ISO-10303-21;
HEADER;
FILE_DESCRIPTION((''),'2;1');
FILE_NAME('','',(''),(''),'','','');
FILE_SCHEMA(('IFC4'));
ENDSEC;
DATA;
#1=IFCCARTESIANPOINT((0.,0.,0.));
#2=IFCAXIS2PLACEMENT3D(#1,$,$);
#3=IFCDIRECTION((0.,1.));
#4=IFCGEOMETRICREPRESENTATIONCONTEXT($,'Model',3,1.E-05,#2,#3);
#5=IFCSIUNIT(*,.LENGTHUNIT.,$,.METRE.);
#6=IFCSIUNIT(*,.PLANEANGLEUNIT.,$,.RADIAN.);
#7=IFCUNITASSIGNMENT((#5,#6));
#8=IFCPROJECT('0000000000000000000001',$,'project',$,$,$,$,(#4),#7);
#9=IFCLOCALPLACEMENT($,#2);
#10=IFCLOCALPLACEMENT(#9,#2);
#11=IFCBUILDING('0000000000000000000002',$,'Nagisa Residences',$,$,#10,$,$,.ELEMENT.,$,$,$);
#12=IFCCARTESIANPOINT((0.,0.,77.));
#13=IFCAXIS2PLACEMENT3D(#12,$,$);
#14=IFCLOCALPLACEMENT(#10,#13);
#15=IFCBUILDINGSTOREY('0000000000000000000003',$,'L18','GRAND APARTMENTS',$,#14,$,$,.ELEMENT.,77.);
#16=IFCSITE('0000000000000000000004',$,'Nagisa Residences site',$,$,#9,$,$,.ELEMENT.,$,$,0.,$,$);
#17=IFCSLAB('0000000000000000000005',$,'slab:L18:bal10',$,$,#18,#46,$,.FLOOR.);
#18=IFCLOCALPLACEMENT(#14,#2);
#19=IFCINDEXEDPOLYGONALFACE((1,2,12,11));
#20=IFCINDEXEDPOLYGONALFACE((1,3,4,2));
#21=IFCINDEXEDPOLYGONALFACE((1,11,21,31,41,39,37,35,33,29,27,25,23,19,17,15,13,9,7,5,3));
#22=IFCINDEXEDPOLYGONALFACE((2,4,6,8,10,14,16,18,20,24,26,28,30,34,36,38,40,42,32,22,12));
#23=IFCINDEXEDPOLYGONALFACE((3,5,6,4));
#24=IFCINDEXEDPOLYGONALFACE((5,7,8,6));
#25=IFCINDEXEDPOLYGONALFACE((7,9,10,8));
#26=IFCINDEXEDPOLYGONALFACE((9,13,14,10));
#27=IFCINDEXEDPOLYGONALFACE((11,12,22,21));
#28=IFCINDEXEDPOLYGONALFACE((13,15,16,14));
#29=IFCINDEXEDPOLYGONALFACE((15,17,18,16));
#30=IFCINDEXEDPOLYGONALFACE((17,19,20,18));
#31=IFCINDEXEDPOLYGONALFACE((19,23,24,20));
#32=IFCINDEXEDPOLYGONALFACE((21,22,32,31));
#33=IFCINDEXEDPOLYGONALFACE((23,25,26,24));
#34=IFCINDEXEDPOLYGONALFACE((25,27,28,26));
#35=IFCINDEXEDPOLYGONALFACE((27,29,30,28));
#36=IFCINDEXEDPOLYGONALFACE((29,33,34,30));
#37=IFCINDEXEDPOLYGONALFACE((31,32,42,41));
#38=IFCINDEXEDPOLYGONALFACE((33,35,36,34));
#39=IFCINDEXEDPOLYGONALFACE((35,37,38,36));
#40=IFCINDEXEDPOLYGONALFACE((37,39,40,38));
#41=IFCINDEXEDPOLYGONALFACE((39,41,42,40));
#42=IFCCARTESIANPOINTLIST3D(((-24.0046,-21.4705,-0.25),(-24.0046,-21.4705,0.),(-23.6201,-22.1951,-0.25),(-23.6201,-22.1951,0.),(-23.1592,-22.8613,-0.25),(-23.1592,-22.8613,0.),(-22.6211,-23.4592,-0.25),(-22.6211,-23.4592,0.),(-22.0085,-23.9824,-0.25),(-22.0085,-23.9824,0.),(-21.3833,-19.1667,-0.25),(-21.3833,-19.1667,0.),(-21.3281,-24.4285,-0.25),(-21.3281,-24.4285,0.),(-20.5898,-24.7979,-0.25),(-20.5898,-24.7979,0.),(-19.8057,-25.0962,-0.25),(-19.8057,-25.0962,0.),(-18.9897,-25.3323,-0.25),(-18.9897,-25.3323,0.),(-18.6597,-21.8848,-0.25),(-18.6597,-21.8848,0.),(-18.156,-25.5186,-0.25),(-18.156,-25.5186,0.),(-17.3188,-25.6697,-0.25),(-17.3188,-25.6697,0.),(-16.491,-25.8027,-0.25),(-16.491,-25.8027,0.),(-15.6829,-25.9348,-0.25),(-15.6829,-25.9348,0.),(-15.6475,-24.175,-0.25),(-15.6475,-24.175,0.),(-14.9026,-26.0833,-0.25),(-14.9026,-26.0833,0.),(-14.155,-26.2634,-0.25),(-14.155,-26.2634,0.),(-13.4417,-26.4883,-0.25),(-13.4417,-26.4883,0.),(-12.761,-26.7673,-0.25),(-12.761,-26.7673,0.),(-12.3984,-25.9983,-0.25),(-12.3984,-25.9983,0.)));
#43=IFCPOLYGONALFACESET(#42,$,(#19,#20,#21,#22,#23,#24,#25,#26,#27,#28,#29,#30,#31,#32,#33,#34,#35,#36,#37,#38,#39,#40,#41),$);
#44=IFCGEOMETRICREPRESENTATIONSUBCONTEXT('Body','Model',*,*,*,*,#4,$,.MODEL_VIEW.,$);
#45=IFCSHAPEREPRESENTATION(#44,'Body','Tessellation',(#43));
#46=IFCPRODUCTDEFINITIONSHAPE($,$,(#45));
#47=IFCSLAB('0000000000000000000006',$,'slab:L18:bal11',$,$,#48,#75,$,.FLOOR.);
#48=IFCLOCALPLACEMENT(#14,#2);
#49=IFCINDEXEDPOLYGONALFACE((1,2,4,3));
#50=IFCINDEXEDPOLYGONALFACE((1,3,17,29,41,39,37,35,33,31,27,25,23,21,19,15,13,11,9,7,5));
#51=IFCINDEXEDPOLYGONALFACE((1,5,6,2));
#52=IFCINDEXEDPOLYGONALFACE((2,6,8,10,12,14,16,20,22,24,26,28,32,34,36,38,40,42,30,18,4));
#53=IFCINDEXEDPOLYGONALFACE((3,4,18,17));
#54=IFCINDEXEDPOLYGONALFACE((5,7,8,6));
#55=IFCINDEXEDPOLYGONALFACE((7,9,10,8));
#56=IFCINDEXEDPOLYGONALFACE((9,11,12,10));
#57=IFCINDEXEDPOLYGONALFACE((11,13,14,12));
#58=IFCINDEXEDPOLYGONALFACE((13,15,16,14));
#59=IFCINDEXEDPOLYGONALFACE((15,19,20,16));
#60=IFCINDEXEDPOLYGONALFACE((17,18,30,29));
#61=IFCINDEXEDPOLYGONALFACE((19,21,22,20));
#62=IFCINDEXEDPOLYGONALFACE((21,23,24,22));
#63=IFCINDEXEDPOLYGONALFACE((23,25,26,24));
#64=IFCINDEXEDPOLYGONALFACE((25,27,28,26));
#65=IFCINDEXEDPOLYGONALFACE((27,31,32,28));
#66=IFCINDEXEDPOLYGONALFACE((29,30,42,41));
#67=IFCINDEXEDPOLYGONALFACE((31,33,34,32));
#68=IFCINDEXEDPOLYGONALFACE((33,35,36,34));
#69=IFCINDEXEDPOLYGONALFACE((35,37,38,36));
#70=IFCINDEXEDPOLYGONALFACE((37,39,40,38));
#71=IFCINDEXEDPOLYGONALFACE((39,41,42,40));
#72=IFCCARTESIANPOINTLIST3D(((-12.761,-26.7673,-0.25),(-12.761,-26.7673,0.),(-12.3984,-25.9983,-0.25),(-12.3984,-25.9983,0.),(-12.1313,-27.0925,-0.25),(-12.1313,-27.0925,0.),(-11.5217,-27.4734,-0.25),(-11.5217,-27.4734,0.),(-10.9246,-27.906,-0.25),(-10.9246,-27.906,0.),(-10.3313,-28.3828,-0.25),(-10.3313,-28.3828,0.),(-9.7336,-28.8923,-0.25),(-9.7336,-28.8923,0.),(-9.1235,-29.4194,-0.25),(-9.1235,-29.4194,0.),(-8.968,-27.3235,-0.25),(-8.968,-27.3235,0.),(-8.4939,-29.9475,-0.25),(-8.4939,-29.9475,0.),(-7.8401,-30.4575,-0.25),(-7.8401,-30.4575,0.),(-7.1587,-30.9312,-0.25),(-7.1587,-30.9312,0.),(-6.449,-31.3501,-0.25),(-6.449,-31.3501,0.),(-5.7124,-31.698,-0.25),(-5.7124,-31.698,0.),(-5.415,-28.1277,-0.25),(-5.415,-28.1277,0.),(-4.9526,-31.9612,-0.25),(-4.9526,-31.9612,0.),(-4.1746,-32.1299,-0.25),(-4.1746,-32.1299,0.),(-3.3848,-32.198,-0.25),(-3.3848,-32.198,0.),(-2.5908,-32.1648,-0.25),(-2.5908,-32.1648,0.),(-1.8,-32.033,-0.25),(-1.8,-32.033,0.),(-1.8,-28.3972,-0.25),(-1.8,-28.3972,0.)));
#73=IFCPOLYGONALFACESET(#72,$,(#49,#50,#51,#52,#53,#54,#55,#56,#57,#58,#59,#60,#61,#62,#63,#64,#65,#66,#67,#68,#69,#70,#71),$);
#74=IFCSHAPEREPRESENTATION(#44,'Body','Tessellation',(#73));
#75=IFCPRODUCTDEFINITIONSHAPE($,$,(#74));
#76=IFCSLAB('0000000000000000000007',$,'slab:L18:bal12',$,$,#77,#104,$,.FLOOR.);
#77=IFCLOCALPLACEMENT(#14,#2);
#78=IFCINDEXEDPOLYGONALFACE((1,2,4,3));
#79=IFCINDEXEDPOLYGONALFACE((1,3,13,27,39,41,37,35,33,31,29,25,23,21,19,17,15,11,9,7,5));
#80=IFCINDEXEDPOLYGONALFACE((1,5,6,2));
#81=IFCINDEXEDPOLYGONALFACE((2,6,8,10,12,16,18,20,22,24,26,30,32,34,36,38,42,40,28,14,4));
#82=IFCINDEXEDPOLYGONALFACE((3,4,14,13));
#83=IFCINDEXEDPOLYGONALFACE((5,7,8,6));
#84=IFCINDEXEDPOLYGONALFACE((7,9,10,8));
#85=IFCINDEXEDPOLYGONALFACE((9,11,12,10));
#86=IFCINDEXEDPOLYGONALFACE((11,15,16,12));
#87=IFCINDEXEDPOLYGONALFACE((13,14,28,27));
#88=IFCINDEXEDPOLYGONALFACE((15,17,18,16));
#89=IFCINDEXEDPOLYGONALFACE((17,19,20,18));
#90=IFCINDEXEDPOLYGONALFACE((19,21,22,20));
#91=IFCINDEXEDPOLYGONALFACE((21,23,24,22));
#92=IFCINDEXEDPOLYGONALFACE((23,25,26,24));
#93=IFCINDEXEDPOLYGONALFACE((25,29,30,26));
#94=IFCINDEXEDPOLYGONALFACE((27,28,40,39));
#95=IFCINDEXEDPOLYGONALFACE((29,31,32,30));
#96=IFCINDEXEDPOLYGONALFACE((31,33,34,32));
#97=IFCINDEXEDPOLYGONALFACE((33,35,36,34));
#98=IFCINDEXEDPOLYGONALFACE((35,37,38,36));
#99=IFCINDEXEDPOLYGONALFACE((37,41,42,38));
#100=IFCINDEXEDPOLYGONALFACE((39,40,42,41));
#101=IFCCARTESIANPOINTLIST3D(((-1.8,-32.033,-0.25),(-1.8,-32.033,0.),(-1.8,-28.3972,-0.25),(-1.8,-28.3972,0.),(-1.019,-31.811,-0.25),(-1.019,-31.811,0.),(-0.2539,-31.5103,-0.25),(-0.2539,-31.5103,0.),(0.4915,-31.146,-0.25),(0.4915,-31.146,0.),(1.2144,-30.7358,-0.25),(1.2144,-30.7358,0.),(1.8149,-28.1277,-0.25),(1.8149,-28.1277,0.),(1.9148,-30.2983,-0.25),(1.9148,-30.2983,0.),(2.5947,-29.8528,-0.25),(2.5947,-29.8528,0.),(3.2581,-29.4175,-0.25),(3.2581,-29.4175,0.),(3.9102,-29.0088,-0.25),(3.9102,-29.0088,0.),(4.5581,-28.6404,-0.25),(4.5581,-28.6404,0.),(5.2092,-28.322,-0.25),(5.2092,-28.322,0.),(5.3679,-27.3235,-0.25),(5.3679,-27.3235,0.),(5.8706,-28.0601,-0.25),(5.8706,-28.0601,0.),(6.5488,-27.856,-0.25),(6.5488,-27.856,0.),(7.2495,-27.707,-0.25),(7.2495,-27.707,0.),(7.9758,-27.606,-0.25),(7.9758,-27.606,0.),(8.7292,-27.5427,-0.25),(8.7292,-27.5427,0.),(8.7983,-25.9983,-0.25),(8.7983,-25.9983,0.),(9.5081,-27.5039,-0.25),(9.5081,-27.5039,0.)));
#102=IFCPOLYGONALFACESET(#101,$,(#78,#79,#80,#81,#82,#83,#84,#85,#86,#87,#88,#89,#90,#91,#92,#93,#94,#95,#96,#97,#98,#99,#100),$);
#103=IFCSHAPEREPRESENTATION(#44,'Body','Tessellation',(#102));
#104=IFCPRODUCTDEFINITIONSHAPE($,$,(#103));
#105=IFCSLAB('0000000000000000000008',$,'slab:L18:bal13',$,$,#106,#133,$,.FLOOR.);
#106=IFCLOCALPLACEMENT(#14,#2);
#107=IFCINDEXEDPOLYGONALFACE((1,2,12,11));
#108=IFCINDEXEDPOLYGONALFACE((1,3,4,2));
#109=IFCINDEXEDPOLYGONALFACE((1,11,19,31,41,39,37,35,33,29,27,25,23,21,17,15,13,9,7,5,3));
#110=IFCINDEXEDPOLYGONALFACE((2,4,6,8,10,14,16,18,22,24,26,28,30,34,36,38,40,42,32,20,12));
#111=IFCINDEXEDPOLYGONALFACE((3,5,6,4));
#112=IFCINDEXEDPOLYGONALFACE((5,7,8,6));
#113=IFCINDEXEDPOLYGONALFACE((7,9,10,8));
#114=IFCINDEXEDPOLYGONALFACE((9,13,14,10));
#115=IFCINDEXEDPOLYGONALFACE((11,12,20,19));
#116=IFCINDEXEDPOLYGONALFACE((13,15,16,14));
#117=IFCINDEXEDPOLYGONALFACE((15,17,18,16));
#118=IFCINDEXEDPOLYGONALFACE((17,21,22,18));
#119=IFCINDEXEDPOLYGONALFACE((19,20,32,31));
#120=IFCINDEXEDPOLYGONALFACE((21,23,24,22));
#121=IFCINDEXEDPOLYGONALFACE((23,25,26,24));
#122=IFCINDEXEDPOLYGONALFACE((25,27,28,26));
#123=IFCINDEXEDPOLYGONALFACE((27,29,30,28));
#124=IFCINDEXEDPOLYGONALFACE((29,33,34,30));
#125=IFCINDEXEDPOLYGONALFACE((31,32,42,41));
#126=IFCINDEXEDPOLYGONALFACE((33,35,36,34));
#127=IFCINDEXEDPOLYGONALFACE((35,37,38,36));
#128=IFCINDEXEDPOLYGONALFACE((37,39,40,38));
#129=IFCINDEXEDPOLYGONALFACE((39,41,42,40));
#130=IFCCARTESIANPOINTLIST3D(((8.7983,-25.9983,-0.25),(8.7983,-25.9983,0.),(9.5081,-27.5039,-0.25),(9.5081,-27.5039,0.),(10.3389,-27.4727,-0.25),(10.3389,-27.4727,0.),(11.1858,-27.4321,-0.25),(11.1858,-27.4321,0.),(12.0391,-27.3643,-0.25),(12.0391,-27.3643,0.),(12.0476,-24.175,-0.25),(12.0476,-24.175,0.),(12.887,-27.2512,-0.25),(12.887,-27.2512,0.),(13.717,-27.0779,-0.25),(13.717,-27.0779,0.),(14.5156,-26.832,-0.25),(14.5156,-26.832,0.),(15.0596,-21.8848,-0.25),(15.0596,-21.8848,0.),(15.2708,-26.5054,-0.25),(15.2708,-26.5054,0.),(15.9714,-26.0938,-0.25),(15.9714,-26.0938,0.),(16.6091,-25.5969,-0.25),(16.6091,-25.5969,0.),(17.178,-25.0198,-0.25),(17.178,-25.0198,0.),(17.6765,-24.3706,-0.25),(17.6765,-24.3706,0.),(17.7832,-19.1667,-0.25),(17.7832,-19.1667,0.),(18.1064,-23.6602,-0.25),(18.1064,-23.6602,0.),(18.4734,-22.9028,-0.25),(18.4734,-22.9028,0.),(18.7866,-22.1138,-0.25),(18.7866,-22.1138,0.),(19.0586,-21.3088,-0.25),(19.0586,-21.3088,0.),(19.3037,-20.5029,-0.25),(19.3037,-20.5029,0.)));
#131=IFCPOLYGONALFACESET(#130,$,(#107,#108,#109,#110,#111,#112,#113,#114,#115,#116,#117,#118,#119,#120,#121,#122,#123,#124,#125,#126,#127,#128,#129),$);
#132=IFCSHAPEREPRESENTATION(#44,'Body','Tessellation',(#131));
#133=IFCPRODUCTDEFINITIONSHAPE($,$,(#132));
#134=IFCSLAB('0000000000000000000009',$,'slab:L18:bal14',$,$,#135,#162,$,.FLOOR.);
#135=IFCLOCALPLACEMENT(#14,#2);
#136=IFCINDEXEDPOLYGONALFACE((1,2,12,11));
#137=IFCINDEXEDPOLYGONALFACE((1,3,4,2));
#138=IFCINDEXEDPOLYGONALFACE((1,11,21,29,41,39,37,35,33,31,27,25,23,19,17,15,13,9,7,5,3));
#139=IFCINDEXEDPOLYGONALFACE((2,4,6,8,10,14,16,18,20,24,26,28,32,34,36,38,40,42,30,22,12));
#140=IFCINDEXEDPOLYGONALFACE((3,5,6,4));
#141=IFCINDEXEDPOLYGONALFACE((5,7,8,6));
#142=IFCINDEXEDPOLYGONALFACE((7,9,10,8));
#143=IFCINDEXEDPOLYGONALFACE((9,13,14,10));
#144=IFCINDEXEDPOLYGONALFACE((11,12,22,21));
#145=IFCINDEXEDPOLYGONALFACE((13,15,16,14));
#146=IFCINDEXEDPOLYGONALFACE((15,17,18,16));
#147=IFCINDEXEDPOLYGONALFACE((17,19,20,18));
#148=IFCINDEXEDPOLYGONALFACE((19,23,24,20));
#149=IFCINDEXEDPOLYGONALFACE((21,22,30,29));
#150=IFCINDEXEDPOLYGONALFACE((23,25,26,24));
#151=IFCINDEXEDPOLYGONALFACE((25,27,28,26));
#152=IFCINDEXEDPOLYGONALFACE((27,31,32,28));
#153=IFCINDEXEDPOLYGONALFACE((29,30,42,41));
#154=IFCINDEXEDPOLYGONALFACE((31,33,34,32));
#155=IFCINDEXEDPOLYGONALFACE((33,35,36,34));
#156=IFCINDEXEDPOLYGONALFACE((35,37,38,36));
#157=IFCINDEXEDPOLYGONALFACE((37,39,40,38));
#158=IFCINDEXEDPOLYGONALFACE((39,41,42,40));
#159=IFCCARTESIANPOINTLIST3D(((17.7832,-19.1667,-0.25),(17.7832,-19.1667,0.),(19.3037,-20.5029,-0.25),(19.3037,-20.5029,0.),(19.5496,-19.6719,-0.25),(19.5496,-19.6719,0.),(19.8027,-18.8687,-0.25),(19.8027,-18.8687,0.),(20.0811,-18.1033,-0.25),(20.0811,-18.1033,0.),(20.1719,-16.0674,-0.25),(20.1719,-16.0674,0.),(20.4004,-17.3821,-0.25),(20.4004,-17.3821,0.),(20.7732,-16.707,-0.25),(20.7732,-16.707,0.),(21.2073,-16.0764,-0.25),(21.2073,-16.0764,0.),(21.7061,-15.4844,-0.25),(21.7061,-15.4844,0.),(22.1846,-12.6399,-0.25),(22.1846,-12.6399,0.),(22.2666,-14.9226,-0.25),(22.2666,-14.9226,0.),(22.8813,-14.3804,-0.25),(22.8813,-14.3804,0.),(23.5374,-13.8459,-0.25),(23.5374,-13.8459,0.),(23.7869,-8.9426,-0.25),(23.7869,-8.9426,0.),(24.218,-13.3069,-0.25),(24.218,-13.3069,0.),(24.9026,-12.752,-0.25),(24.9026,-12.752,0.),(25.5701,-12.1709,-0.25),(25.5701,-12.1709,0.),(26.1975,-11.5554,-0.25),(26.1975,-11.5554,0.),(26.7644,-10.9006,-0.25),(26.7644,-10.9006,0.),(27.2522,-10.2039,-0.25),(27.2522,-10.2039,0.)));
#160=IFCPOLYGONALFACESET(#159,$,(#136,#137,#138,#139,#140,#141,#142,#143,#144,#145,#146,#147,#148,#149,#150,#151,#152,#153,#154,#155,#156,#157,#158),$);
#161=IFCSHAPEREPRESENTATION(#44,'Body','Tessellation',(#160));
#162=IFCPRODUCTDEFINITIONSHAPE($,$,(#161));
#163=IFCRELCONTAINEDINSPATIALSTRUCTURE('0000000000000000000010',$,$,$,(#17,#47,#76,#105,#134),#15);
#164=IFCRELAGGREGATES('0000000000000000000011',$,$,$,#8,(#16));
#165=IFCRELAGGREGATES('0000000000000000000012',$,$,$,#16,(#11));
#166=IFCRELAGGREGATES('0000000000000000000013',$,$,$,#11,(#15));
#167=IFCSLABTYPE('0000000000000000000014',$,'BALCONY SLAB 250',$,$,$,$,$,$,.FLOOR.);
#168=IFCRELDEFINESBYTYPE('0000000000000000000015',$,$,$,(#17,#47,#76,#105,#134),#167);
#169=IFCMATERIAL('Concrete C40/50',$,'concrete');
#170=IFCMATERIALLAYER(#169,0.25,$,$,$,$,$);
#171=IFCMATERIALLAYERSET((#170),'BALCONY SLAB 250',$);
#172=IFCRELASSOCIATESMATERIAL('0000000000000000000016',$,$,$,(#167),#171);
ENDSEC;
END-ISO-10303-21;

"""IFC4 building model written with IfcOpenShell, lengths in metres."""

from ifc_helpers import new_model, si_unit, direction, frame, origin, place, context, subcontext, project, spatial, polyline, outline, extrude, material, layer, layer_set, type_object, element, save


model = new_model("IFC4")

# Units and contexts
model_context = context("Model", 3, precision=1e-05, world=origin(), true_north=direction((0.0, 1.0)))
body_context = subcontext(model_context, "Body", "Model", "MODEL_VIEW")
ifc_project = project(units=[si_unit("LENGTHUNIT", "METRE"), si_unit("PLANEANGLEUNIT", "RADIAN")], contexts=[model_context])

# Site, building, storey
site_placement = place(None, origin())
site = spatial("IfcSite", under=ifc_project, at=site_placement, Name="Nagisa Residences site", CompositionType="ELEMENT", RefElevation=0.0)
building_placement = place(site_placement, origin())
building = spatial("IfcBuilding", under=site, at=building_placement, Name="Nagisa Residences", CompositionType="ELEMENT")
storey_placement = place(building_placement, frame((0.0, 0.0, 77.0)))
storey = spatial("IfcBuildingStorey", under=building, at=storey_placement, Name="L18", Description="GRAND APARTMENTS", CompositionType="ELEMENT", Elevation=77.0)

# Slabs
ifc_material_1 = material(Name="Concrete C40/50", Category="concrete")
ifc_layer_1 = layer(ifc_material_1, 0.25)
ifc_layer_set_1 = layer_set([ifc_layer_1], Name="BALCONY SLAB 250")
slab_type = type_object("IfcSlabType", Name="BALCONY SLAB 250", PredefinedType="FLOOR", material=ifc_layer_set_1)
slab_1_placement = place(storey_placement, frame((0.0, 0.0, -0.25)))
element("IfcSlab", 1, at=slab_1_placement, inside=storey, type_object=slab_type, Name="slab:L18:bal10", PredefinedType="FLOOR", context=body_context, shape_type="SweptSolid", body=[
    extrude(outline(polyline([(-24.0046, -21.4705), (-23.6201, -22.1951), (-23.1592, -22.8613), (-22.6211, -23.4592), (-22.0085, -23.9824), (-21.3281, -24.4285), (-20.5898, -24.7979), (-19.8057, -25.0962), (-18.9897, -25.3323), (-18.156, -25.5186), (-17.3188, -25.6697), (-16.491, -25.8027), (-15.6829, -25.9348), (-14.9026, -26.0833), (-14.155, -26.2634), (-13.4417, -26.4883), (-12.761, -26.7673), (-12.3984, -25.9983), (-15.6475, -24.175), (-18.6597, -21.8848), (-21.3833, -19.1667), (-24.0046, -21.4705)])), origin(), (0.0, 0.0, 1.0), 0.25),
])
slab_2_placement = place(storey_placement, frame((0.0, 0.0, -0.25)))
element("IfcSlab", 2, at=slab_2_placement, inside=storey, type_object=slab_type, Name="slab:L18:bal11", PredefinedType="FLOOR", context=body_context, shape_type="SweptSolid", body=[
    extrude(outline(polyline([(-12.761, -26.7673), (-12.1313, -27.0925), (-11.5217, -27.4734), (-10.9246, -27.906), (-10.3313, -28.3828), (-9.7336, -28.8923), (-9.1235, -29.4194), (-8.4939, -29.9475), (-7.8401, -30.4575), (-7.1587, -30.9312), (-6.449, -31.3501), (-5.7124, -31.698), (-4.9526, -31.9612), (-4.1746, -32.1299), (-3.3848, -32.198), (-2.5908, -32.1648), (-1.8, -32.033), (-1.8, -28.3972), (-5.415, -28.1277), (-8.968, -27.3235), (-12.3984, -25.9983), (-12.761, -26.7673)])), origin(), (0.0, 0.0, 1.0), 0.25),
])
slab_3_placement = place(storey_placement, frame((0.0, 0.0, -0.25)))
element("IfcSlab", 3, at=slab_3_placement, inside=storey, type_object=slab_type, Name="slab:L18:bal12", PredefinedType="FLOOR", context=body_context, shape_type="SweptSolid", body=[
    extrude(outline(polyline([(-1.8, -32.033), (-1.019, -31.811), (-0.2539, -31.5103), (0.4915, -31.146), (1.2144, -30.7358), (1.9148, -30.2983), (2.5947, -29.8528), (3.2581, -29.4175), (3.9102, -29.0088), (4.5581, -28.6404), (5.2092, -28.322), (5.8706, -28.0601), (6.5488, -27.856), (7.2495, -27.707), (7.9758, -27.606), (8.7292, -27.5427), (9.5081, -27.5039), (8.7983, -25.9983), (5.3679, -27.3235), (1.8149, -28.1277), (-1.8, -28.3972), (-1.8, -32.033)])), origin(), (0.0, 0.0, 1.0), 0.25),
])
slab_4_placement = place(storey_placement, frame((0.0, 0.0, -0.25)))
element("IfcSlab", 4, at=slab_4_placement, inside=storey, type_object=slab_type, Name="slab:L18:bal13", PredefinedType="FLOOR", context=body_context, shape_type="SweptSolid", body=[
    extrude(outline(polyline([(9.5081, -27.5039), (10.3389, -27.4727), (11.1858, -27.4321), (12.0391, -27.3643), (12.887, -27.2512), (13.717, -27.0779), (14.5156, -26.832), (15.2708, -26.5054), (15.9714, -26.0938), (16.6091, -25.5969), (17.178, -25.0198), (17.6765, -24.3706), (18.1064, -23.6602), (18.4734, -22.9028), (18.7866, -22.1138), (19.0586, -21.3088), (19.3037, -20.5029), (17.7832, -19.1667), (15.0596, -21.8848), (12.0476, -24.175), (8.7983, -25.9983), (9.5081, -27.5039)])), origin(), (0.0, 0.0, 1.0), 0.25),
])
slab_5_placement = place(storey_placement, frame((0.0, 0.0, -0.25)))
element("IfcSlab", 5, at=slab_5_placement, inside=storey, type_object=slab_type, Name="slab:L18:bal14", PredefinedType="FLOOR", context=body_context, shape_type="SweptSolid", body=[
    extrude(outline(polyline([(19.3037, -20.5029), (19.5496, -19.6719), (19.8027, -18.8687), (20.0811, -18.1033), (20.4004, -17.3821), (20.7732, -16.707), (21.2073, -16.0764), (21.7061, -15.4844), (22.2666, -14.9226), (22.8813, -14.3804), (23.5374, -13.8459), (24.218, -13.3069), (24.9026, -12.752), (25.5701, -12.1709), (26.1975, -11.5554), (26.7644, -10.9006), (27.2522, -10.2039), (23.7869, -8.9426), (22.1846, -12.6399), (20.1719, -16.0674), (17.7832, -19.1667), (19.3037, -20.5029)])), origin(), (0.0, 0.0, 1.0), 0.25),
])

save(model, "model.ifc")
